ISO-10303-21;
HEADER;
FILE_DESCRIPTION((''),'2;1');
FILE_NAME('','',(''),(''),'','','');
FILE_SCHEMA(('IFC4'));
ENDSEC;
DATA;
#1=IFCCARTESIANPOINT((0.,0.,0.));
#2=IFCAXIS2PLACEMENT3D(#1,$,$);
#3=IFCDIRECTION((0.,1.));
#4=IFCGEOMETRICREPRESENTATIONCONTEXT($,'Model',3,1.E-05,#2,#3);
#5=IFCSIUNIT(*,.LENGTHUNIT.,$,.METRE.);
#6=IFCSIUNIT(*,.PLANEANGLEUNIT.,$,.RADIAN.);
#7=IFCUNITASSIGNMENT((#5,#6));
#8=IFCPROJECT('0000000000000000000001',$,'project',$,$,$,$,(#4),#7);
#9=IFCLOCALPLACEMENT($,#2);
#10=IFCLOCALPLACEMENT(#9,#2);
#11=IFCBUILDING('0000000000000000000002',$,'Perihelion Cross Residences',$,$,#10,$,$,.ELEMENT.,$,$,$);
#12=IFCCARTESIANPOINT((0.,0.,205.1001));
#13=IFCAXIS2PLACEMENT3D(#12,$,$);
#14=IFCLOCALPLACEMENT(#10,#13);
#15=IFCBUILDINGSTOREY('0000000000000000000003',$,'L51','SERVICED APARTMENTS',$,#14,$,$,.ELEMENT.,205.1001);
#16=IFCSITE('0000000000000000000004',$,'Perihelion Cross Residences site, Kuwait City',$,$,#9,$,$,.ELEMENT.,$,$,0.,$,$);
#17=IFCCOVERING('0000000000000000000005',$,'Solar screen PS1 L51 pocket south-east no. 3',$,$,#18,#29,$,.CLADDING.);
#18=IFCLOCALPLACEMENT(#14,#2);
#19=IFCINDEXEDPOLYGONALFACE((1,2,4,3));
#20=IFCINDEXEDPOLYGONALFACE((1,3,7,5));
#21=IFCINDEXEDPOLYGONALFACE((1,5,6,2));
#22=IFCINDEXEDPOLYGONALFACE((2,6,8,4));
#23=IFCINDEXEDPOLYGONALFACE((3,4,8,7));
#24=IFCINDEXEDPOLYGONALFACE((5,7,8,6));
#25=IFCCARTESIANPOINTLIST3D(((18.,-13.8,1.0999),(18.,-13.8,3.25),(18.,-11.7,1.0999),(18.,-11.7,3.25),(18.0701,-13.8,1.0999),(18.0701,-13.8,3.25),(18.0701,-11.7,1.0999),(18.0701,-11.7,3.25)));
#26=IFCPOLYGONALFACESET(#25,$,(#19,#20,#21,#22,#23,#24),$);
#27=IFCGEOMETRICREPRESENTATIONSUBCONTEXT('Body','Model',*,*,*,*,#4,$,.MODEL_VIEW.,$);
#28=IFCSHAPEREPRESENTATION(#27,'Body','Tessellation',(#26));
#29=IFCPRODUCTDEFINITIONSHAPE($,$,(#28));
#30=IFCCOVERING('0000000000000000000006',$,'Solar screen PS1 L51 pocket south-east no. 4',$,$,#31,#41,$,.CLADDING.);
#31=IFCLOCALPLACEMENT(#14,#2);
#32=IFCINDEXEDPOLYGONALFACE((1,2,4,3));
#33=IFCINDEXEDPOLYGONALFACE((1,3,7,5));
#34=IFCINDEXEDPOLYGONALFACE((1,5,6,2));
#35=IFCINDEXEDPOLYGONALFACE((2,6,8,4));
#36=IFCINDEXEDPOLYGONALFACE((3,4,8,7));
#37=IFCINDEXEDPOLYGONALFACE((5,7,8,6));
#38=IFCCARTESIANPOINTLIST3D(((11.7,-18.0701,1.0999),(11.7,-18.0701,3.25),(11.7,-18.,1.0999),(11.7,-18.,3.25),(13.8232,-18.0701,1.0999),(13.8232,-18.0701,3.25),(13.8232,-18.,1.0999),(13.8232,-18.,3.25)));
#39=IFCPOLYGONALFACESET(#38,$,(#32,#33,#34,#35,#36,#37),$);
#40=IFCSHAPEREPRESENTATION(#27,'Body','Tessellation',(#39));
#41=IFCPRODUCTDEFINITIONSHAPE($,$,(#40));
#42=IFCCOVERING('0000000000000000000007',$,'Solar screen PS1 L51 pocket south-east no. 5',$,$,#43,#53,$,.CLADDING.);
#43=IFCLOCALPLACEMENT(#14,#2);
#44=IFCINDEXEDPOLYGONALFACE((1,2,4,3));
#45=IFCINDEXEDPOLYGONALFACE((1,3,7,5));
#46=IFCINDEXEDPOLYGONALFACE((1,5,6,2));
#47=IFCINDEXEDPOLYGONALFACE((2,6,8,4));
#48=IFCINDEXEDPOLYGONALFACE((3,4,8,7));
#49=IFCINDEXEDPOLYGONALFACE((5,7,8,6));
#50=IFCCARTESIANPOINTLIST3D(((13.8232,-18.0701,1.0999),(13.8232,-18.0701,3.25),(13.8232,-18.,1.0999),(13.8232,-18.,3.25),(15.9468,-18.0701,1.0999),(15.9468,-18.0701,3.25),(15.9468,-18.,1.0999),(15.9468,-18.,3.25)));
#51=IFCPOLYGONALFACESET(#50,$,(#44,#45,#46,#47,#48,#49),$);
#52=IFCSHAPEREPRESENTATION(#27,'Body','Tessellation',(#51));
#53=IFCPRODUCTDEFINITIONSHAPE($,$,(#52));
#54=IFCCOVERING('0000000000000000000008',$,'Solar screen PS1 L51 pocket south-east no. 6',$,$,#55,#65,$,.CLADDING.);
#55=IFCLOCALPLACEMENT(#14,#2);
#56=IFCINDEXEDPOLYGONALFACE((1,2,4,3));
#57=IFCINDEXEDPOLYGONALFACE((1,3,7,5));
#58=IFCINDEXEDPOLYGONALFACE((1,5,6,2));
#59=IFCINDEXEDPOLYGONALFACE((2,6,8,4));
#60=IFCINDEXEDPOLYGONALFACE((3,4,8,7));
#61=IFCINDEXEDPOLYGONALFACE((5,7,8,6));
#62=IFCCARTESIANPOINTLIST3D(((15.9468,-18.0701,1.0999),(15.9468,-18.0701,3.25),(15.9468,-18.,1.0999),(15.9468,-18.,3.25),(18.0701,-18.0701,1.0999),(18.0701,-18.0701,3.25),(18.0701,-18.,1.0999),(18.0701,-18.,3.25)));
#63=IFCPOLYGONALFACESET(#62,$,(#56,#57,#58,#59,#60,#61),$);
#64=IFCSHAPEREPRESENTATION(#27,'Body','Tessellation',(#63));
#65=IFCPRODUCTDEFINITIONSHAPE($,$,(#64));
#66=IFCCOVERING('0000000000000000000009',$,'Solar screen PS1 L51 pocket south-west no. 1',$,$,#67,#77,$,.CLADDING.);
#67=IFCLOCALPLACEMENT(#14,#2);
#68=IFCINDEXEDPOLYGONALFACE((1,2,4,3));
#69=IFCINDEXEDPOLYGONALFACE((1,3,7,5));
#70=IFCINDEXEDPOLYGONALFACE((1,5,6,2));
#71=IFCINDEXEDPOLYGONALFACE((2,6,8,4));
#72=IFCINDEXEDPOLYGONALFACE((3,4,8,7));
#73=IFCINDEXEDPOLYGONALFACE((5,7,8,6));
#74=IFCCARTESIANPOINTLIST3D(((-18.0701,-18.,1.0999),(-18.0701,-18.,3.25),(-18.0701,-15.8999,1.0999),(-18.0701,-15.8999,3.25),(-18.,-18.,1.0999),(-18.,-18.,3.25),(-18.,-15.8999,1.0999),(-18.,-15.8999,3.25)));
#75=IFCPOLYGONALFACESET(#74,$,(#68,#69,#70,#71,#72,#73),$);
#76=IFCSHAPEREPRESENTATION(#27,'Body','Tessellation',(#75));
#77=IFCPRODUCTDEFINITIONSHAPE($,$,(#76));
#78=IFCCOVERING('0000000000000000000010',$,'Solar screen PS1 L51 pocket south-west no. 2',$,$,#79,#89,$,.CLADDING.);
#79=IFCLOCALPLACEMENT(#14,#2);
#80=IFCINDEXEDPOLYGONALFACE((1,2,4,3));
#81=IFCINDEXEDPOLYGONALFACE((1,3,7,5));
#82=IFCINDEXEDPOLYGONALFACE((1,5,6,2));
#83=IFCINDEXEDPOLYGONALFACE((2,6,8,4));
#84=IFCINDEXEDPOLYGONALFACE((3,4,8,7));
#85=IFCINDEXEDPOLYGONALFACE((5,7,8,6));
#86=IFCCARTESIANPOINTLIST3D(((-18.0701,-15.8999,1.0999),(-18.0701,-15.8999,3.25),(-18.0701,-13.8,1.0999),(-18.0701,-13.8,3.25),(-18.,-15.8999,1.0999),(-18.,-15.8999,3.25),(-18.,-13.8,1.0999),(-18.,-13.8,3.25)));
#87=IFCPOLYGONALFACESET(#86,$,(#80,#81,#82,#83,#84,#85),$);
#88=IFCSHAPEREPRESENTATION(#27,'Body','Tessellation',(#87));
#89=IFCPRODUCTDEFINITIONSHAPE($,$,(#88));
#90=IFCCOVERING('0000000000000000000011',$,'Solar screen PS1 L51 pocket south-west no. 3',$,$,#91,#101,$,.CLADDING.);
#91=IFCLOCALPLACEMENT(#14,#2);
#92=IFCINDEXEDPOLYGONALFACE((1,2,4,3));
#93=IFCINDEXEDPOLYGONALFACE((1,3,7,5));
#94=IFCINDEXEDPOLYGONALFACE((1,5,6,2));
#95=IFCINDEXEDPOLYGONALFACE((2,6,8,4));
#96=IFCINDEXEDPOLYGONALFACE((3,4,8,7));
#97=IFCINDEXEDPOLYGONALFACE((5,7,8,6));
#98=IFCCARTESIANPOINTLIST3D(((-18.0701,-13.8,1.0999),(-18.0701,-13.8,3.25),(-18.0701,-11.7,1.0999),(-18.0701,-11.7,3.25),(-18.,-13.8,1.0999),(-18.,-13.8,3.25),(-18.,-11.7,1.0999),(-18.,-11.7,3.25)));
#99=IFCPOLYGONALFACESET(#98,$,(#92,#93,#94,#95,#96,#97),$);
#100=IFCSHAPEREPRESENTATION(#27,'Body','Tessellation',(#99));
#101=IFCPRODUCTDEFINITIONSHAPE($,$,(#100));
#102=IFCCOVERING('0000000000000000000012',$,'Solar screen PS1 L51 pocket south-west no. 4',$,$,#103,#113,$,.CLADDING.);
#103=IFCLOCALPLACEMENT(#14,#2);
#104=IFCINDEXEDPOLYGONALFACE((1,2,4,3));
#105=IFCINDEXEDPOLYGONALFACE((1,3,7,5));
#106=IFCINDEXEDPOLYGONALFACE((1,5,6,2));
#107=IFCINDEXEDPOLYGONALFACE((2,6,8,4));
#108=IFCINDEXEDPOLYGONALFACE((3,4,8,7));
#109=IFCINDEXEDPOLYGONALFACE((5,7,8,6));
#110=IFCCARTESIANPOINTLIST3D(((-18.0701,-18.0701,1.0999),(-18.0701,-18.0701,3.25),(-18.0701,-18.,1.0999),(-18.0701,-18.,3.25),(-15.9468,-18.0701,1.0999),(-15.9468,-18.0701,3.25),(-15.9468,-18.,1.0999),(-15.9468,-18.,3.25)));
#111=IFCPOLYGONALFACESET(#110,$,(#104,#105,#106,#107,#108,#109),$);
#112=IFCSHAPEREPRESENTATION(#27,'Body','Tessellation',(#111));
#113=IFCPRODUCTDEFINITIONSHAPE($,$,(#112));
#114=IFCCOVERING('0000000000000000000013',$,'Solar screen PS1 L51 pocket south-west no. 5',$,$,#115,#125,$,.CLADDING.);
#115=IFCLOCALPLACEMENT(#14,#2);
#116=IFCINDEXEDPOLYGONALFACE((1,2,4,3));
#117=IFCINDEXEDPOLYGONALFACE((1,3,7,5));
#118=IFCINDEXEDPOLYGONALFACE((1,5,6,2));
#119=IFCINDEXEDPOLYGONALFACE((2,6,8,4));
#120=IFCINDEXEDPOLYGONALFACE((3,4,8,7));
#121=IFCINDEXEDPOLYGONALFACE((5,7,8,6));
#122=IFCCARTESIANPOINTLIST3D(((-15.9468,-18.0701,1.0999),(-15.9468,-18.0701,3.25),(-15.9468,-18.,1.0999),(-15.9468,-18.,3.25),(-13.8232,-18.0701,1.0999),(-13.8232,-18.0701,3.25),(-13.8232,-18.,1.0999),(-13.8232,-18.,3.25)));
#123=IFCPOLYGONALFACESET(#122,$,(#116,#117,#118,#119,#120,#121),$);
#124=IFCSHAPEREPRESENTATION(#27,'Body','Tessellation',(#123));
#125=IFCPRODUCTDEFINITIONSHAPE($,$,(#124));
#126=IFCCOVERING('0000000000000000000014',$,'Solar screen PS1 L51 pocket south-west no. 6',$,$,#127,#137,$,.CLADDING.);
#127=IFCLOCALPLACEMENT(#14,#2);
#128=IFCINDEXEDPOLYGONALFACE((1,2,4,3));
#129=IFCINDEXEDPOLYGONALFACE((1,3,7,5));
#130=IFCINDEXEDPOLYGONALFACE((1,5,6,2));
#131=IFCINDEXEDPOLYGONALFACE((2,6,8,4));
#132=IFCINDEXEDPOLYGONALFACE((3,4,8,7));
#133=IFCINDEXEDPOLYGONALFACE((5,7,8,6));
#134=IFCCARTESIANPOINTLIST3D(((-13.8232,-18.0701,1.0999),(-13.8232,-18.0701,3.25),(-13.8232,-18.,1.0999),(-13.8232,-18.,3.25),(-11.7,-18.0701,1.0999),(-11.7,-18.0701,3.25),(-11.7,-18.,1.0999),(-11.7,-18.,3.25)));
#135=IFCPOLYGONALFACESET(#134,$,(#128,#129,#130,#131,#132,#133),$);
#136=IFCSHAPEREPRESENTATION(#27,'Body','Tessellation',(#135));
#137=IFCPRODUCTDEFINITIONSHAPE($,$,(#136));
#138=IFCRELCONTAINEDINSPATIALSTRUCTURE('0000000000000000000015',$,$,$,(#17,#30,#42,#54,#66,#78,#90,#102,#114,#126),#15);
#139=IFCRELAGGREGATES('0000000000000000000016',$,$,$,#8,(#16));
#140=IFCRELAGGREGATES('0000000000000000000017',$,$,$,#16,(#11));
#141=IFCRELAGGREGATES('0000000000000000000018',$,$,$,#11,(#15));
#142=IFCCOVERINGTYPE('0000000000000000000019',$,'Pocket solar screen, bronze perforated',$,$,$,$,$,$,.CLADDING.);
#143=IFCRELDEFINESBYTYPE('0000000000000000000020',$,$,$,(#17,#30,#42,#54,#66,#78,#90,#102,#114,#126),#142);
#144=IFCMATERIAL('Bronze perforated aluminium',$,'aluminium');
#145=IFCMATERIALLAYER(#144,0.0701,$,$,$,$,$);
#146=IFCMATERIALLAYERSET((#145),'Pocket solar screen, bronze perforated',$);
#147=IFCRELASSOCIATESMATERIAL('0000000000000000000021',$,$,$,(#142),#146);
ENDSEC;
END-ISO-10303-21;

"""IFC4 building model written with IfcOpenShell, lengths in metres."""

from ifc_helpers import new_model, si_unit, direction, frame, origin, place, context, subcontext, project, spatial, polyline, outline, extrude, material, layer, layer_set, type_object, element, save


model = new_model("IFC4")

# Units and contexts
model_context = context("Model", 3, precision=1e-05, world=origin(), true_north=direction((0.0, 1.0)))
body_context = subcontext(model_context, "Body", "Model", "MODEL_VIEW")
ifc_project = project(units=[si_unit("LENGTHUNIT", "METRE"), si_unit("PLANEANGLEUNIT", "RADIAN")], contexts=[model_context])

# Site, building, storey
site_placement = place(None, origin())
site = spatial("IfcSite", under=ifc_project, at=site_placement, Name="Perihelion Cross Residences site, Kuwait City", CompositionType="ELEMENT", RefElevation=0.0)
building_placement = place(site_placement, origin())
building = spatial("IfcBuilding", under=site, at=building_placement, Name="Perihelion Cross Residences", CompositionType="ELEMENT")
storey_placement = place(building_placement, frame((0.0, 0.0, 205.1001)))
storey = spatial("IfcBuildingStorey", under=building, at=storey_placement, Name="L51", Description="SERVICED APARTMENTS", CompositionType="ELEMENT", Elevation=205.1001)

# Coverings
ifc_material_1 = material(Name="Bronze perforated aluminium", Category="aluminium")
ifc_layer_1 = layer(ifc_material_1, 0.0701)
ifc_layer_set_1 = layer_set([ifc_layer_1], Name="Pocket solar screen, bronze perforated")
covering_type_1 = type_object("IfcCoveringType", Name="Pocket solar screen, bronze perforated", PredefinedType="CLADDING", material=ifc_layer_set_1)
covering_1_placement = place(storey_placement, frame((0.0, 0.0, 1.0999)))
element("IfcCovering", 1, at=covering_1_placement, inside=storey, type_object=covering_type_1, Name="Solar screen PS1 L51 pocket south-east no. 3", PredefinedType="CLADDING", context=body_context, shape_type="SweptSolid", body=[
    extrude(outline(polyline([(18.0701, -13.8), (18.0701, -11.7), (18.0, -11.7), (18.0, -13.8), (18.0701, -13.8)])), origin(), (0.0, 0.0, 1.0), 2.1501),
])
covering_2_placement = place(storey_placement, frame((0.0, 0.0, 1.0999)))
element("IfcCovering", 2, at=covering_2_placement, inside=storey, type_object=covering_type_1, Name="Solar screen PS1 L51 pocket south-east no. 4", PredefinedType="CLADDING", context=body_context, shape_type="SweptSolid", body=[
    extrude(outline(polyline([(13.8232, -18.0701), (13.8232, -18.0), (11.7, -18.0), (11.7, -18.0701), (13.8232, -18.0701)])), origin(), (0.0, 0.0, 1.0), 2.1501),
])
covering_3_placement = place(storey_placement, frame((0.0, 0.0, 1.0999)))
element("IfcCovering", 3, at=covering_3_placement, inside=storey, type_object=covering_type_1, Name="Solar screen PS1 L51 pocket south-east no. 5", PredefinedType="CLADDING", context=body_context, shape_type="SweptSolid", body=[
    extrude(outline(polyline([(15.9468, -18.0701), (15.9468, -18.0), (13.8232, -18.0), (13.8232, -18.0701), (15.9468, -18.0701)])), origin(), (0.0, 0.0, 1.0), 2.1501),
])
covering_4_placement = place(storey_placement, frame((0.0, 0.0, 1.0999)))
element("IfcCovering", 4, at=covering_4_placement, inside=storey, type_object=covering_type_1, Name="Solar screen PS1 L51 pocket south-east no. 6", PredefinedType="CLADDING", context=body_context, shape_type="SweptSolid", body=[
    extrude(outline(polyline([(18.0701, -18.0701), (18.0701, -18.0), (15.9468, -18.0), (15.9468, -18.0701), (18.0701, -18.0701)])), origin(), (0.0, 0.0, 1.0), 2.1501),
])
covering_5_placement = place(storey_placement, frame((0.0, 0.0, 1.0999)))
element("IfcCovering", 5, at=covering_5_placement, inside=storey, type_object=covering_type_1, Name="Solar screen PS1 L51 pocket south-west no. 1", PredefinedType="CLADDING", context=body_context, shape_type="SweptSolid", body=[
    extrude(outline(polyline([(-18.0, -18.0), (-18.0, -15.8999), (-18.0701, -15.8999), (-18.0701, -18.0), (-18.0, -18.0)])), origin(), (0.0, 0.0, 1.0), 2.1501),
])
covering_6_placement = place(storey_placement, frame((0.0, 0.0, 1.0999)))
element("IfcCovering", 6, at=covering_6_placement, inside=storey, type_object=covering_type_1, Name="Solar screen PS1 L51 pocket south-west no. 2", PredefinedType="CLADDING", context=body_context, shape_type="SweptSolid", body=[
    extrude(outline(polyline([(-18.0, -15.8999), (-18.0, -13.8), (-18.0701, -13.8), (-18.0701, -15.8999), (-18.0, -15.8999)])), origin(), (0.0, 0.0, 1.0), 2.1501),
])
covering_7_placement = place(storey_placement, frame((0.0, 0.0, 1.0999)))
element("IfcCovering", 7, at=covering_7_placement, inside=storey, type_object=covering_type_1, Name="Solar screen PS1 L51 pocket south-west no. 3", PredefinedType="CLADDING", context=body_context, shape_type="SweptSolid", body=[
    extrude(outline(polyline([(-18.0, -13.8), (-18.0, -11.7), (-18.0701, -11.7), (-18.0701, -13.8), (-18.0, -13.8)])), origin(), (0.0, 0.0, 1.0), 2.1501),
])
covering_8_placement = place(storey_placement, frame((0.0, 0.0, 1.0999)))
element("IfcCovering", 8, at=covering_8_placement, inside=storey, type_object=covering_type_1, Name="Solar screen PS1 L51 pocket south-west no. 4", PredefinedType="CLADDING", context=body_context, shape_type="SweptSolid", body=[
    extrude(outline(polyline([(-15.9468, -18.0701), (-15.9468, -18.0), (-18.0701, -18.0), (-18.0701, -18.0701), (-15.9468, -18.0701)])), origin(), (0.0, 0.0, 1.0), 2.1501),
])
covering_9_placement = place(storey_placement, frame((0.0, 0.0, 1.0999)))
element("IfcCovering", 9, at=covering_9_placement, inside=storey, type_object=covering_type_1, Name="Solar screen PS1 L51 pocket south-west no. 5", PredefinedType="CLADDING", context=body_context, shape_type="SweptSolid", body=[
    extrude(outline(polyline([(-13.8232, -18.0701), (-13.8232, -18.0), (-15.9468, -18.0), (-15.9468, -18.0701), (-13.8232, -18.0701)])), origin(), (0.0, 0.0, 1.0), 2.1501),
])
covering_10_placement = place(storey_placement, frame((0.0, 0.0, 1.0999)))
element("IfcCovering", 10, at=covering_10_placement, inside=storey, type_object=covering_type_1, Name="Solar screen PS1 L51 pocket south-west no. 6", PredefinedType="CLADDING", context=body_context, shape_type="SweptSolid", body=[
    extrude(outline(polyline([(-11.7, -18.0701), (-11.7, -18.0), (-13.8232, -18.0), (-13.8232, -18.0701), (-11.7, -18.0701)])), origin(), (0.0, 0.0, 1.0), 2.1501),
])

save(model, "model.ifc")
